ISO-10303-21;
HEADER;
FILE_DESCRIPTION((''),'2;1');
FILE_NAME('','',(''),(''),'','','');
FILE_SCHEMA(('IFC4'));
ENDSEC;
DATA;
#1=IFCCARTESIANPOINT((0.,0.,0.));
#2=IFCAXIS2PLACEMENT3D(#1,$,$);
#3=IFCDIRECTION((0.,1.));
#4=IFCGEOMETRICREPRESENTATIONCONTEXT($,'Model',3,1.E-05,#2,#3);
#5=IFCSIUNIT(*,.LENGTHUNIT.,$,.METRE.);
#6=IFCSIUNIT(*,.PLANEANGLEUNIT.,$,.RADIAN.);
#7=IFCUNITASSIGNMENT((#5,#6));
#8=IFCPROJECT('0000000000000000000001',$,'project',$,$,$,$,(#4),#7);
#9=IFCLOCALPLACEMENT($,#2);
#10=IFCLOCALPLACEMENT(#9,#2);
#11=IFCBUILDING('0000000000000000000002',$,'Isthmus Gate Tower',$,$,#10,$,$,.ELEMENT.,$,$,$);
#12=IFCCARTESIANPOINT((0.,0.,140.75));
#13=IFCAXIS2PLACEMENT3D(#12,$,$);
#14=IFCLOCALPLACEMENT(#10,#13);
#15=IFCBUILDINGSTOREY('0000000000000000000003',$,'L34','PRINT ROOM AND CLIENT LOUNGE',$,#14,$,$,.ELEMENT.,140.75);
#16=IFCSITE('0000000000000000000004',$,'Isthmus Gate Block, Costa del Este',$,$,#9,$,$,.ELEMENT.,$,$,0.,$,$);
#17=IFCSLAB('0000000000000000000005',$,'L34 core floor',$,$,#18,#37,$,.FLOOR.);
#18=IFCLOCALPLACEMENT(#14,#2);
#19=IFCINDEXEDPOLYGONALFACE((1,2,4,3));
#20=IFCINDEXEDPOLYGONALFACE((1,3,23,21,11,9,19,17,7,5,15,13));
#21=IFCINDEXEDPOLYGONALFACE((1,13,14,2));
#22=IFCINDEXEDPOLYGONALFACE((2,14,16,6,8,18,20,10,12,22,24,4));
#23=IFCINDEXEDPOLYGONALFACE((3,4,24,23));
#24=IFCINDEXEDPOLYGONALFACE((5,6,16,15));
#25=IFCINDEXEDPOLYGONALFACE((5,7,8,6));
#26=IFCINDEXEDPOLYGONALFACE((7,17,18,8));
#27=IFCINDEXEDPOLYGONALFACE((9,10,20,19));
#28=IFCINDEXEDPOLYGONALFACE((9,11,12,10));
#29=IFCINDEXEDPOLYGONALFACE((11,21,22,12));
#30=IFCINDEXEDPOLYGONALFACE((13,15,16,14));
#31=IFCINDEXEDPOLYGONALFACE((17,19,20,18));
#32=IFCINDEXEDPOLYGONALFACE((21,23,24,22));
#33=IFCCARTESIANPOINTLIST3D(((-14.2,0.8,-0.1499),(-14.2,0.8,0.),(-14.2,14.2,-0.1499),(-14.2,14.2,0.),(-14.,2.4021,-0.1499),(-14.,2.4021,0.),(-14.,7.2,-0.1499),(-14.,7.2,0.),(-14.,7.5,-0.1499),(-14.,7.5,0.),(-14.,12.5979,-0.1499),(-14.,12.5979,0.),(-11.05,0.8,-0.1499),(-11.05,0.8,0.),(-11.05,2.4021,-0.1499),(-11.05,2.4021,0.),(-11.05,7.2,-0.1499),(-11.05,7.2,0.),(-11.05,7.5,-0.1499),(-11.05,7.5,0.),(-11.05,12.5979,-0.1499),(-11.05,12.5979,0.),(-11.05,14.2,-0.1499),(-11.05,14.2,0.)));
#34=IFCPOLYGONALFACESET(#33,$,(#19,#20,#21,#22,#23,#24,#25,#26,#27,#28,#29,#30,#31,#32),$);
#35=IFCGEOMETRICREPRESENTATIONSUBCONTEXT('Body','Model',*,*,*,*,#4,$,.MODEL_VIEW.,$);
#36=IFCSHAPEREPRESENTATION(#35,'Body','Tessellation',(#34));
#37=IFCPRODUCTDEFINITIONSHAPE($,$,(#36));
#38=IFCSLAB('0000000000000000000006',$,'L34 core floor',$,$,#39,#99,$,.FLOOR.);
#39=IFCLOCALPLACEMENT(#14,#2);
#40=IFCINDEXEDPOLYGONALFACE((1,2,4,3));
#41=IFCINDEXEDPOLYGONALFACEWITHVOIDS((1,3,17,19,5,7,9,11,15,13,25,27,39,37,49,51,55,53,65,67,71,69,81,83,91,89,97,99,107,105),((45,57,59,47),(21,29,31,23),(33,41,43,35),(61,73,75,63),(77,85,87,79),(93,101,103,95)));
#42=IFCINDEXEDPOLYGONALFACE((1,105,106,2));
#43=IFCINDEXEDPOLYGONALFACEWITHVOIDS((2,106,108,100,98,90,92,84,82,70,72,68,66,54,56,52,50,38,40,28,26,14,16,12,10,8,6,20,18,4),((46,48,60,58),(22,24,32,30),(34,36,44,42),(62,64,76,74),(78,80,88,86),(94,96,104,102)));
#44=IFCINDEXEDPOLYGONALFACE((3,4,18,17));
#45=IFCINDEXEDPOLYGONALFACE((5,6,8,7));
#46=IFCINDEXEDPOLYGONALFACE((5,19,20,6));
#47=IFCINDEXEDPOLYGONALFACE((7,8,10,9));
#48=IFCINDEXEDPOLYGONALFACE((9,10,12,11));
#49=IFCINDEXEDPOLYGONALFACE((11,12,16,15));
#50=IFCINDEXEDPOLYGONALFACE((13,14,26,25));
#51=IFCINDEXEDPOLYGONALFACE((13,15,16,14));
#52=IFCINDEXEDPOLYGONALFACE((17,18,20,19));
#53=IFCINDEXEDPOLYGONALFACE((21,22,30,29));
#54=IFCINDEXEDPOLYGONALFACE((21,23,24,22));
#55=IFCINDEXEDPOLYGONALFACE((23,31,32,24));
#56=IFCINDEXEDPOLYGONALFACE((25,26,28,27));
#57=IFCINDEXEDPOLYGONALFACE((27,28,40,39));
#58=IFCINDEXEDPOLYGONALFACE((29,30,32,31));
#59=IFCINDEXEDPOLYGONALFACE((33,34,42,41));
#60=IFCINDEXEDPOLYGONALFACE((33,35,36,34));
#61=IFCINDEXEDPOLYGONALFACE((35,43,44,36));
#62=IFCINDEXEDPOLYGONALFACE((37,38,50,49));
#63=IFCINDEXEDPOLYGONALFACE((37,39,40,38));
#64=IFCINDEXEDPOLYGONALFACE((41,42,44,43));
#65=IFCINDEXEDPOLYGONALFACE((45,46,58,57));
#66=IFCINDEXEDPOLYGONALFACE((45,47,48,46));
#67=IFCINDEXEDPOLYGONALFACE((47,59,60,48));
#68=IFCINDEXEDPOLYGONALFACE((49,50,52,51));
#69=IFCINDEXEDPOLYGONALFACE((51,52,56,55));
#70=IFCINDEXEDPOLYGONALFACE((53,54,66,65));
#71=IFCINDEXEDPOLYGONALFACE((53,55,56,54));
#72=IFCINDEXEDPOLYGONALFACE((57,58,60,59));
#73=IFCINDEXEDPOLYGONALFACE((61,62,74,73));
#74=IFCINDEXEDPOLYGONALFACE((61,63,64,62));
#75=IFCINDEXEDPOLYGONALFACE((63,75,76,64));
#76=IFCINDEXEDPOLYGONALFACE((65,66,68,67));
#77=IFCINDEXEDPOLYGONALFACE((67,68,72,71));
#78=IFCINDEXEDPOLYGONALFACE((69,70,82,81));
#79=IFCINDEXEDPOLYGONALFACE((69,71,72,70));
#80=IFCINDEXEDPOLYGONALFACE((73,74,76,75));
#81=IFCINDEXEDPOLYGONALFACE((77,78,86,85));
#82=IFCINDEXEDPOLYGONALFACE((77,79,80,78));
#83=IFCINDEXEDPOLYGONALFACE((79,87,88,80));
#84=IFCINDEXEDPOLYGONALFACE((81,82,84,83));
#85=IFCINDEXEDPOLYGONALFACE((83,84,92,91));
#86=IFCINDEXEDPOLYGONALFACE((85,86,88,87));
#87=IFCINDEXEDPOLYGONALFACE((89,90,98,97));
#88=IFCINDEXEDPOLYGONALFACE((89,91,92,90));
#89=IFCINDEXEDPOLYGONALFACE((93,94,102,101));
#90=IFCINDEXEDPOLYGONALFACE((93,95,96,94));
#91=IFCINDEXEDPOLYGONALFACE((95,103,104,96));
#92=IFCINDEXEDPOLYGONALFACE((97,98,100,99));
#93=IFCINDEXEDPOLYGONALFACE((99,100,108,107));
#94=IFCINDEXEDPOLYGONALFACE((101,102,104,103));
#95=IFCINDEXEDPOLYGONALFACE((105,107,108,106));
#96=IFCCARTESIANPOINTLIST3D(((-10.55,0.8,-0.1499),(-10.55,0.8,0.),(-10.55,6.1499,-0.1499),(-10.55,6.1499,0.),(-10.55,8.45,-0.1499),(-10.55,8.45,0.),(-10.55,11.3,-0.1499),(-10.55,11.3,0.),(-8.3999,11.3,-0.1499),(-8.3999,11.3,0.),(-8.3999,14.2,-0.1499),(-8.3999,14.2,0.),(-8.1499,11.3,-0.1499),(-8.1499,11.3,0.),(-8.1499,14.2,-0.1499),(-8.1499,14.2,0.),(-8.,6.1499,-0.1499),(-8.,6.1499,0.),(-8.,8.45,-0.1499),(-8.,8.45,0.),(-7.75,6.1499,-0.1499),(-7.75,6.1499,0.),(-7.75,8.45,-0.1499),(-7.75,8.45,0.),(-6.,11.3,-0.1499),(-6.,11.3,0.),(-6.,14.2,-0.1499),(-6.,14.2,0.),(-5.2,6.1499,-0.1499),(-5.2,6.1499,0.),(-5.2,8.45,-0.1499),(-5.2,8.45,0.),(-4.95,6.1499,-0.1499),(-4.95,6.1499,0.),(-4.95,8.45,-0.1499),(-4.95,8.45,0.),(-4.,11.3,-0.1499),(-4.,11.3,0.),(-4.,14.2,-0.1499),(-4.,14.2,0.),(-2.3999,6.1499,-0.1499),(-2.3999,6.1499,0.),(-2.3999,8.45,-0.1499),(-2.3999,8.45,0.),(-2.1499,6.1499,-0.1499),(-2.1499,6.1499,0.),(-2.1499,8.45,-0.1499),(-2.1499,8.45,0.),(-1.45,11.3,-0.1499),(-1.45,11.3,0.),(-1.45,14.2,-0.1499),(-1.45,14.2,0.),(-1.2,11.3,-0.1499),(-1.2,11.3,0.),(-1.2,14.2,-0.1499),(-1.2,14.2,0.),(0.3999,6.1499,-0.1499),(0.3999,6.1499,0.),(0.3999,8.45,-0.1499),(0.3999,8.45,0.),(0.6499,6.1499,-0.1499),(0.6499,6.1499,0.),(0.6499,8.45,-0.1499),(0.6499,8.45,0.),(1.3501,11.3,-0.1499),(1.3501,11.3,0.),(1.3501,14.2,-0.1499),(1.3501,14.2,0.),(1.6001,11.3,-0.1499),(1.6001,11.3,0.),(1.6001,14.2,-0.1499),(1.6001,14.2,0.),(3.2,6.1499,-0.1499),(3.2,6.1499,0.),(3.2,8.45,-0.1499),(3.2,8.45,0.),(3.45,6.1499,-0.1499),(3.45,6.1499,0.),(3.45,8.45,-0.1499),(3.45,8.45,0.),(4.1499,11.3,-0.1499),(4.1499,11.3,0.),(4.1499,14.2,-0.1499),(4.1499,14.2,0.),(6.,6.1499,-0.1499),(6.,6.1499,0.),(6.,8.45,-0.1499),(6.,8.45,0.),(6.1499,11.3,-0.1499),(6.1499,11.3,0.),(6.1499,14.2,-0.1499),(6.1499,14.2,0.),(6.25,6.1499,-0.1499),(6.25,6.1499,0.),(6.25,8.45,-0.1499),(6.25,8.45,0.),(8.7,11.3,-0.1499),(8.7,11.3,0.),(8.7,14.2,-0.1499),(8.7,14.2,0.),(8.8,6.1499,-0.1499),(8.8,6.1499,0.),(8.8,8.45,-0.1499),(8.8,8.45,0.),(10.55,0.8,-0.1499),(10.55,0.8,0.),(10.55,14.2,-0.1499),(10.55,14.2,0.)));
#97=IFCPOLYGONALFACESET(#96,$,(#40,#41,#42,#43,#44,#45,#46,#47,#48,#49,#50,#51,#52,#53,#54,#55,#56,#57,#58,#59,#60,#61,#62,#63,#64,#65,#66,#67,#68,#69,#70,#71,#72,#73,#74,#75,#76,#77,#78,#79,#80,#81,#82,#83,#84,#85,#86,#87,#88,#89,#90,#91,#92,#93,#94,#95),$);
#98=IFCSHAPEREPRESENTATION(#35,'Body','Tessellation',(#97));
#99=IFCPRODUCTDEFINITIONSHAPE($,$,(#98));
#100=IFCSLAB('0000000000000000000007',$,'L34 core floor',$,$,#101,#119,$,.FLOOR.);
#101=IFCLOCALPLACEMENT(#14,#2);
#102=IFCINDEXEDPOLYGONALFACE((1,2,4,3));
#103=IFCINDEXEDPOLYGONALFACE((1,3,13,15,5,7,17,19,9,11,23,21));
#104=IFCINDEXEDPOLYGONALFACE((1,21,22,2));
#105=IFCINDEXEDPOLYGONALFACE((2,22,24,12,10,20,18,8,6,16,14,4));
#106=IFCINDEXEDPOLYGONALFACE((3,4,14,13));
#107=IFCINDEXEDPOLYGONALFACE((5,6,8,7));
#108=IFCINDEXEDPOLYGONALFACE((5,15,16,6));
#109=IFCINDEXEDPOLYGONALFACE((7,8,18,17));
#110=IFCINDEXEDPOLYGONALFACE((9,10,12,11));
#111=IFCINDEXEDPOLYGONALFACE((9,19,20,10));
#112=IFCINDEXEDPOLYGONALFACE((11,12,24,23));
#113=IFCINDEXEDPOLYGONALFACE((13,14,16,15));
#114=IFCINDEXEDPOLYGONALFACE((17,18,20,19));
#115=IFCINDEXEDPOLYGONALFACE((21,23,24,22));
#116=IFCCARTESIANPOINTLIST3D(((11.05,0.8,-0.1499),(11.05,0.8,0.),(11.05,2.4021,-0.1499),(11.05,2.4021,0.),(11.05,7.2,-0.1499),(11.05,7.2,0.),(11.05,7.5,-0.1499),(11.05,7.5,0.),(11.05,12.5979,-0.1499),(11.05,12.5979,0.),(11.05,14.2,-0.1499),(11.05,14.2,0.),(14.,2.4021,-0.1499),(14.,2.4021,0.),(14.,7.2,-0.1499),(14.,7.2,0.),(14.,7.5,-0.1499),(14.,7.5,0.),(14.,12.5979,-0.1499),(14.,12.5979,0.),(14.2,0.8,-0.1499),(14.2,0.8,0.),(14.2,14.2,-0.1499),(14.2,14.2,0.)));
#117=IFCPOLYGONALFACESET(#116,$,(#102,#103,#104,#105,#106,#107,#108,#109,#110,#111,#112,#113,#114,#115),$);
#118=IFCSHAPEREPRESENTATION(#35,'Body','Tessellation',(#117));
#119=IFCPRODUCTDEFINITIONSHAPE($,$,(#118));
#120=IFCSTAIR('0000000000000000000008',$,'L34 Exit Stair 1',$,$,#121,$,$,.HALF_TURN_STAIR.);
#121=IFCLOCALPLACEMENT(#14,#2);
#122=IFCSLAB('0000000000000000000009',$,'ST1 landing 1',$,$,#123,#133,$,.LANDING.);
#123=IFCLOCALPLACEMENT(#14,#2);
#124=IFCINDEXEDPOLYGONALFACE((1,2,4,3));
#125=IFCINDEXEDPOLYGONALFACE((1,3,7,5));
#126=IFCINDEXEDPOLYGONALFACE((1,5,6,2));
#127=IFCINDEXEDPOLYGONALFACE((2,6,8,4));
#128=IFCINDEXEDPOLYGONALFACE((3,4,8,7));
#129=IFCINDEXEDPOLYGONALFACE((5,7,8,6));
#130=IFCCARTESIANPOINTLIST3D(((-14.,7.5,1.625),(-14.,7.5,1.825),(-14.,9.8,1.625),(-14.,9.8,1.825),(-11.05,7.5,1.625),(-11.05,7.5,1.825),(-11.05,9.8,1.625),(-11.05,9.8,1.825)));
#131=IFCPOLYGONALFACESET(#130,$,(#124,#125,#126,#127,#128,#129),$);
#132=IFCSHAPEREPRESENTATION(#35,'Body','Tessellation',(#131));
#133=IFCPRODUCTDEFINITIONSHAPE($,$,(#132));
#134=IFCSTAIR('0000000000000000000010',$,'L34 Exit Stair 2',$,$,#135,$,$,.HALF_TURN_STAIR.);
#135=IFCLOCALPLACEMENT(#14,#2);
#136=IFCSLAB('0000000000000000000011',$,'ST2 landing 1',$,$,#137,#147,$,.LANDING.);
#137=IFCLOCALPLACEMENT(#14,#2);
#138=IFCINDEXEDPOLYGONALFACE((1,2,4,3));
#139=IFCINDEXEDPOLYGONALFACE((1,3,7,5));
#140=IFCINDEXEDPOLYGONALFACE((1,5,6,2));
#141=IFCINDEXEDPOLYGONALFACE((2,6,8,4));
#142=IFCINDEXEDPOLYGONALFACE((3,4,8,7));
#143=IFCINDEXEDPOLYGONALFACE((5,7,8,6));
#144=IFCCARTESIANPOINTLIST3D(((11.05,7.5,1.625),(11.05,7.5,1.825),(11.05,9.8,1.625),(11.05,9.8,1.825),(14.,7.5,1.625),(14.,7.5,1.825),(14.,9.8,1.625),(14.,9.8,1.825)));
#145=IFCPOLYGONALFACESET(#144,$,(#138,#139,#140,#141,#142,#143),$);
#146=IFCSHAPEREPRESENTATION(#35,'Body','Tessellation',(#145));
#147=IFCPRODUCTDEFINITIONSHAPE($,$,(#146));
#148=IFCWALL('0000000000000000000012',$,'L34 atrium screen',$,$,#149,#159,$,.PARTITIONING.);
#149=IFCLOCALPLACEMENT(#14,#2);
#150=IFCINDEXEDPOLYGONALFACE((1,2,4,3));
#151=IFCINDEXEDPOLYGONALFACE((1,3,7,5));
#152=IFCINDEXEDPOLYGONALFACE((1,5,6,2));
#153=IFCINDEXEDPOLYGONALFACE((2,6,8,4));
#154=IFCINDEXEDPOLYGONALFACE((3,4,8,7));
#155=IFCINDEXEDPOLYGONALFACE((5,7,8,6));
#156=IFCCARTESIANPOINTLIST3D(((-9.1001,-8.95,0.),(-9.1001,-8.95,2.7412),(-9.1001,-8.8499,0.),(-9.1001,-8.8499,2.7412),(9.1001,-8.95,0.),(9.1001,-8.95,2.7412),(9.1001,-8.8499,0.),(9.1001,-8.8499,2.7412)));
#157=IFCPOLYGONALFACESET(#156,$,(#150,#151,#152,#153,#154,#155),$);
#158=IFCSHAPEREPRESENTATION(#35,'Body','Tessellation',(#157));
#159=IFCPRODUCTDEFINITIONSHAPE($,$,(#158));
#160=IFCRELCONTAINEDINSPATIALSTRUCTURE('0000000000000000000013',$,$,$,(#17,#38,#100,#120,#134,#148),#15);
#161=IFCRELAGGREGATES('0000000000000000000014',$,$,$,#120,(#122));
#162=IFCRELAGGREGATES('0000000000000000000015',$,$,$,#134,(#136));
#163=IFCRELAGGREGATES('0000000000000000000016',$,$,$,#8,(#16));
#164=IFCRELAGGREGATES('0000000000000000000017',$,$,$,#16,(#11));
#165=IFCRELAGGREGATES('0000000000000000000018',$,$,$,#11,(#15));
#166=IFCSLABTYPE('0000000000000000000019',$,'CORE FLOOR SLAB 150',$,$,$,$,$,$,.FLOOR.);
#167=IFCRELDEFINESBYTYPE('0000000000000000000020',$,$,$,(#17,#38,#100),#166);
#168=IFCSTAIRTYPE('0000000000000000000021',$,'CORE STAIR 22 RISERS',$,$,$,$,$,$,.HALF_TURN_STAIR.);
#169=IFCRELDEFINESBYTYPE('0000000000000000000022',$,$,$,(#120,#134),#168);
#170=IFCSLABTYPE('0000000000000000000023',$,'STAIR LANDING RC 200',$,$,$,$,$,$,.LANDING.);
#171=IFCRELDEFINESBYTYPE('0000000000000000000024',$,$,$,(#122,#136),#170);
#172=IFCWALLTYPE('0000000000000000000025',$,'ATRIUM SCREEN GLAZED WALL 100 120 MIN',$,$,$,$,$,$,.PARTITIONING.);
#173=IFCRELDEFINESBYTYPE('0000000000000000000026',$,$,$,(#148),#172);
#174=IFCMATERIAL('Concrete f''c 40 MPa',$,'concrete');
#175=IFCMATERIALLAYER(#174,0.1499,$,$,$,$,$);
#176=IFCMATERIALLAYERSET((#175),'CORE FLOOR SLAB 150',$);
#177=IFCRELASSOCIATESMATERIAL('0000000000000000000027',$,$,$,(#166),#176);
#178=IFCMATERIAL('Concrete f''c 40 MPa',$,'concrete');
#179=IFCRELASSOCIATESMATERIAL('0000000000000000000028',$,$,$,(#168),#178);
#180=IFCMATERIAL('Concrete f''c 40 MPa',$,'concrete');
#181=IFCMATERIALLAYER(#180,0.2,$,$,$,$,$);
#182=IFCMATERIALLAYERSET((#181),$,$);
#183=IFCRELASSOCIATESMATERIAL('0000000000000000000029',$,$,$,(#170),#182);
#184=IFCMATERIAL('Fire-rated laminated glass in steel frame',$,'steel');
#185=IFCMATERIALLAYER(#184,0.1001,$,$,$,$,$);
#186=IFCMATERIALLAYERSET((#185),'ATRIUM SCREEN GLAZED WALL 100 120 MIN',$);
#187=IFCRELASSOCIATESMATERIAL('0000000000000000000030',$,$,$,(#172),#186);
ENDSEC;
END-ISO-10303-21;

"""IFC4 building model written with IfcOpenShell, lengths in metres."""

from ifc_helpers import new_model, si_unit, direction, frame, frame_2d, origin, place, context, subcontext, project, spatial, polyline, rectangle, outline, extrude, material, layer, layer_set, type_object, element, aggregate, save


model = new_model("IFC4")

# Units and contexts
model_context = context("Model", 3, precision=1e-05, world=origin(), true_north=direction((0.0, 1.0)))
body_context = subcontext(model_context, "Body", "Model", "MODEL_VIEW")
ifc_project = project(units=[si_unit("LENGTHUNIT", "METRE"), si_unit("PLANEANGLEUNIT", "RADIAN")], contexts=[model_context])

# Site, building, storey
site_placement = place(None, origin())
site = spatial("IfcSite", under=ifc_project, at=site_placement, Name="Isthmus Gate Block, Costa del Este", CompositionType="ELEMENT", RefElevation=0.0)
building_placement = place(site_placement, origin())
building = spatial("IfcBuilding", under=site, at=building_placement, Name="Isthmus Gate Tower", CompositionType="ELEMENT")
storey_placement = place(building_placement, frame((0.0, 0.0, 140.75)))
storey = spatial("IfcBuildingStorey", under=building, at=storey_placement, Name="L34", Description="PRINT ROOM AND CLIENT LOUNGE", CompositionType="ELEMENT", Elevation=140.75)

# Slabs
ifc_material_1 = material(Name="Concrete f'c 40 MPa", Category="concrete")
ifc_layer_1 = layer(ifc_material_1, 0.1499)
ifc_layer_set_1 = layer_set([ifc_layer_1], Name="CORE FLOOR SLAB 150")
slab_type_1 = type_object("IfcSlabType", Name="CORE FLOOR SLAB 150", PredefinedType="FLOOR", material=ifc_layer_set_1)
slab_1_placement = place(storey_placement, frame((0.0, 0.0, -0.1499)))
element("IfcSlab", 1, at=slab_1_placement, inside=storey, type_object=slab_type_1, Name="L34 core floor", PredefinedType="FLOOR", context=body_context, shape_type="SweptSolid", body=[
    extrude(outline(polyline([(-11.05, 0.8), (-11.05, 2.4021), (-14.0, 2.4021), (-14.0, 7.2), (-11.05, 7.2), (-11.05, 7.5), (-14.0, 7.5), (-14.0, 12.5979), (-11.05, 12.5979), (-11.05, 14.2), (-14.2, 14.2), (-14.2, 0.8), (-11.05, 0.8)])), origin(), (0.0, 0.0, 1.0), 0.1499),
])
slab_2_placement = place(storey_placement, frame((0.0, 0.0, -0.1499)))
element("IfcSlab", 2, at=slab_2_placement, inside=storey, type_object=slab_type_1, Name="L34 core floor", PredefinedType="FLOOR", context=body_context, shape_type="SweptSolid", body=[
    extrude(outline(polyline([(10.55, 14.2), (8.7, 14.2), (8.7, 11.3), (6.1499, 11.3), (6.1499, 14.2), (4.1499, 14.2), (4.1499, 11.3), (1.6001, 11.3), (1.6001, 14.2), (1.3501, 14.2), (1.3501, 11.3), (-1.2, 11.3), (-1.2, 14.2), (-1.45, 14.2), (-1.45, 11.3), (-4.0, 11.3), (-4.0, 14.2), (-6.0, 14.2), (-6.0, 11.3), (-8.1499, 11.3), (-8.1499, 14.2), (-8.3999, 14.2), (-8.3999, 11.3), (-10.55, 11.3), (-10.55, 8.45), (-8.0, 8.45), (-8.0, 6.1499), (-10.55, 6.1499), (-10.55, 0.8), (10.55, 0.8), (10.55, 14.2)]), holes=[polyline([(-5.2, 8.45), (-5.2, 6.1499), (-7.75, 6.1499), (-7.75, 8.45), (-5.2, 8.45)]), polyline([(-2.3999, 8.45), (-2.3999, 6.1499), (-4.95, 6.1499), (-4.95, 8.45), (-2.3999, 8.45)]), polyline([(0.3999, 8.45), (0.3999, 6.1499), (-2.1499, 6.1499), (-2.1499, 8.45), (0.3999, 8.45)]), polyline([(3.2, 8.45), (3.2, 6.1499), (0.6499, 6.1499), (0.6499, 8.45), (3.2, 8.45)]), polyline([(6.0, 8.45), (6.0, 6.1499), (3.45, 6.1499), (3.45, 8.45), (6.0, 8.45)]), polyline([(8.8, 8.45), (8.8, 6.1499), (6.25, 6.1499), (6.25, 8.45), (8.8, 8.45)])]), origin(), (0.0, 0.0, 1.0), 0.1499),
])
slab_3_placement = place(storey_placement, frame((0.0, 0.0, -0.1499)))
element("IfcSlab", 3, at=slab_3_placement, inside=storey, type_object=slab_type_1, Name="L34 core floor", PredefinedType="FLOOR", context=body_context, shape_type="SweptSolid", body=[
    extrude(outline(polyline([(11.05, 14.2), (11.05, 12.5979), (14.0, 12.5979), (14.0, 7.5), (11.05, 7.5), (11.05, 7.2), (14.0, 7.2), (14.0, 2.4021), (11.05, 2.4021), (11.05, 0.8), (14.2, 0.8), (14.2, 14.2), (11.05, 14.2)])), origin(), (0.0, 0.0, 1.0), 0.1499),
])

# Stairs, slabs
ifc_material_2 = material(Name="Concrete f'c 40 MPa", Category="concrete")
stair_type = type_object("IfcStairType", Name="CORE STAIR 22 RISERS", PredefinedType="HALF_TURN_STAIR", material=ifc_material_2)
stair_1_placement = place(storey_placement, origin())
stair_1 = element("IfcStair", 4, at=stair_1_placement, inside=storey, type_object=stair_type, Name="L34 Exit Stair 1", PredefinedType="HALF_TURN_STAIR")
ifc_material_3 = material(Name="Concrete f'c 40 MPa", Category="concrete")
ifc_layer_2 = layer(ifc_material_3, 0.2)
ifc_layer_set_2 = layer_set([ifc_layer_2])
slab_type_2 = type_object("IfcSlabType", Name="STAIR LANDING RC 200", PredefinedType="LANDING", material=ifc_layer_set_2)
slab_4_placement = place(storey_placement, frame((0.0, 0.0, 1.625)))
slab_4 = element("IfcSlab", 5, at=slab_4_placement, type_object=slab_type_2, Name="ST1 landing 1", PredefinedType="LANDING", context=body_context, shape_type="SweptSolid", body=[
    extrude(outline(polyline([(-14.0, 9.8), (-14.0, 7.5), (-11.05, 7.5), (-11.05, 9.8), (-14.0, 9.8)])), origin(), (0.0, 0.0, 1.0), 0.2),
])
aggregate(stair_1, [slab_4])
stair_2_placement = place(storey_placement, origin())
stair_2 = element("IfcStair", 6, at=stair_2_placement, inside=storey, type_object=stair_type, Name="L34 Exit Stair 2", PredefinedType="HALF_TURN_STAIR")
slab_5_placement = place(storey_placement, frame((0.0, 0.0, 1.625)))
slab_5 = element("IfcSlab", 7, at=slab_5_placement, type_object=slab_type_2, Name="ST2 landing 1", PredefinedType="LANDING", context=body_context, shape_type="SweptSolid", body=[
    extrude(outline(polyline([(11.05, 9.8), (11.05, 7.5), (14.0, 7.5), (14.0, 9.8), (11.05, 9.8)])), origin(), (0.0, 0.0, 1.0), 0.2),
])
aggregate(stair_2, [slab_5])

# Wall
ifc_material_4 = material(Name="Fire-rated laminated glass in steel frame", Category="steel")
ifc_layer_3 = layer(ifc_material_4, 0.1001)
ifc_layer_set_3 = layer_set([ifc_layer_3], Name="ATRIUM SCREEN GLAZED WALL 100 120 MIN")
wall_type_1 = type_object("IfcWallType", Name="ATRIUM SCREEN GLAZED WALL 100 120 MIN", PredefinedType="PARTITIONING", material=ifc_layer_set_3)
wall_1_placement = place(storey_placement, frame((-9.1001, -8.8999, 0.0), z_axis=(0.0, 0.0, 1.0), x_axis=(1.0, 0.0, 0.0)))
element("IfcWall", 8, at=wall_1_placement, inside=storey, type_object=wall_type_1, Name="L34 atrium screen", PredefinedType="PARTITIONING", context=body_context, shape_type="SweptSolid", body=[
    extrude(rectangle(XDim=18.2002, YDim=0.1001, at=frame_2d((9.1001, 0.0))), origin(), (0.0, 0.0, 1.0), 2.7412),
])

save(model, "model.ifc")
